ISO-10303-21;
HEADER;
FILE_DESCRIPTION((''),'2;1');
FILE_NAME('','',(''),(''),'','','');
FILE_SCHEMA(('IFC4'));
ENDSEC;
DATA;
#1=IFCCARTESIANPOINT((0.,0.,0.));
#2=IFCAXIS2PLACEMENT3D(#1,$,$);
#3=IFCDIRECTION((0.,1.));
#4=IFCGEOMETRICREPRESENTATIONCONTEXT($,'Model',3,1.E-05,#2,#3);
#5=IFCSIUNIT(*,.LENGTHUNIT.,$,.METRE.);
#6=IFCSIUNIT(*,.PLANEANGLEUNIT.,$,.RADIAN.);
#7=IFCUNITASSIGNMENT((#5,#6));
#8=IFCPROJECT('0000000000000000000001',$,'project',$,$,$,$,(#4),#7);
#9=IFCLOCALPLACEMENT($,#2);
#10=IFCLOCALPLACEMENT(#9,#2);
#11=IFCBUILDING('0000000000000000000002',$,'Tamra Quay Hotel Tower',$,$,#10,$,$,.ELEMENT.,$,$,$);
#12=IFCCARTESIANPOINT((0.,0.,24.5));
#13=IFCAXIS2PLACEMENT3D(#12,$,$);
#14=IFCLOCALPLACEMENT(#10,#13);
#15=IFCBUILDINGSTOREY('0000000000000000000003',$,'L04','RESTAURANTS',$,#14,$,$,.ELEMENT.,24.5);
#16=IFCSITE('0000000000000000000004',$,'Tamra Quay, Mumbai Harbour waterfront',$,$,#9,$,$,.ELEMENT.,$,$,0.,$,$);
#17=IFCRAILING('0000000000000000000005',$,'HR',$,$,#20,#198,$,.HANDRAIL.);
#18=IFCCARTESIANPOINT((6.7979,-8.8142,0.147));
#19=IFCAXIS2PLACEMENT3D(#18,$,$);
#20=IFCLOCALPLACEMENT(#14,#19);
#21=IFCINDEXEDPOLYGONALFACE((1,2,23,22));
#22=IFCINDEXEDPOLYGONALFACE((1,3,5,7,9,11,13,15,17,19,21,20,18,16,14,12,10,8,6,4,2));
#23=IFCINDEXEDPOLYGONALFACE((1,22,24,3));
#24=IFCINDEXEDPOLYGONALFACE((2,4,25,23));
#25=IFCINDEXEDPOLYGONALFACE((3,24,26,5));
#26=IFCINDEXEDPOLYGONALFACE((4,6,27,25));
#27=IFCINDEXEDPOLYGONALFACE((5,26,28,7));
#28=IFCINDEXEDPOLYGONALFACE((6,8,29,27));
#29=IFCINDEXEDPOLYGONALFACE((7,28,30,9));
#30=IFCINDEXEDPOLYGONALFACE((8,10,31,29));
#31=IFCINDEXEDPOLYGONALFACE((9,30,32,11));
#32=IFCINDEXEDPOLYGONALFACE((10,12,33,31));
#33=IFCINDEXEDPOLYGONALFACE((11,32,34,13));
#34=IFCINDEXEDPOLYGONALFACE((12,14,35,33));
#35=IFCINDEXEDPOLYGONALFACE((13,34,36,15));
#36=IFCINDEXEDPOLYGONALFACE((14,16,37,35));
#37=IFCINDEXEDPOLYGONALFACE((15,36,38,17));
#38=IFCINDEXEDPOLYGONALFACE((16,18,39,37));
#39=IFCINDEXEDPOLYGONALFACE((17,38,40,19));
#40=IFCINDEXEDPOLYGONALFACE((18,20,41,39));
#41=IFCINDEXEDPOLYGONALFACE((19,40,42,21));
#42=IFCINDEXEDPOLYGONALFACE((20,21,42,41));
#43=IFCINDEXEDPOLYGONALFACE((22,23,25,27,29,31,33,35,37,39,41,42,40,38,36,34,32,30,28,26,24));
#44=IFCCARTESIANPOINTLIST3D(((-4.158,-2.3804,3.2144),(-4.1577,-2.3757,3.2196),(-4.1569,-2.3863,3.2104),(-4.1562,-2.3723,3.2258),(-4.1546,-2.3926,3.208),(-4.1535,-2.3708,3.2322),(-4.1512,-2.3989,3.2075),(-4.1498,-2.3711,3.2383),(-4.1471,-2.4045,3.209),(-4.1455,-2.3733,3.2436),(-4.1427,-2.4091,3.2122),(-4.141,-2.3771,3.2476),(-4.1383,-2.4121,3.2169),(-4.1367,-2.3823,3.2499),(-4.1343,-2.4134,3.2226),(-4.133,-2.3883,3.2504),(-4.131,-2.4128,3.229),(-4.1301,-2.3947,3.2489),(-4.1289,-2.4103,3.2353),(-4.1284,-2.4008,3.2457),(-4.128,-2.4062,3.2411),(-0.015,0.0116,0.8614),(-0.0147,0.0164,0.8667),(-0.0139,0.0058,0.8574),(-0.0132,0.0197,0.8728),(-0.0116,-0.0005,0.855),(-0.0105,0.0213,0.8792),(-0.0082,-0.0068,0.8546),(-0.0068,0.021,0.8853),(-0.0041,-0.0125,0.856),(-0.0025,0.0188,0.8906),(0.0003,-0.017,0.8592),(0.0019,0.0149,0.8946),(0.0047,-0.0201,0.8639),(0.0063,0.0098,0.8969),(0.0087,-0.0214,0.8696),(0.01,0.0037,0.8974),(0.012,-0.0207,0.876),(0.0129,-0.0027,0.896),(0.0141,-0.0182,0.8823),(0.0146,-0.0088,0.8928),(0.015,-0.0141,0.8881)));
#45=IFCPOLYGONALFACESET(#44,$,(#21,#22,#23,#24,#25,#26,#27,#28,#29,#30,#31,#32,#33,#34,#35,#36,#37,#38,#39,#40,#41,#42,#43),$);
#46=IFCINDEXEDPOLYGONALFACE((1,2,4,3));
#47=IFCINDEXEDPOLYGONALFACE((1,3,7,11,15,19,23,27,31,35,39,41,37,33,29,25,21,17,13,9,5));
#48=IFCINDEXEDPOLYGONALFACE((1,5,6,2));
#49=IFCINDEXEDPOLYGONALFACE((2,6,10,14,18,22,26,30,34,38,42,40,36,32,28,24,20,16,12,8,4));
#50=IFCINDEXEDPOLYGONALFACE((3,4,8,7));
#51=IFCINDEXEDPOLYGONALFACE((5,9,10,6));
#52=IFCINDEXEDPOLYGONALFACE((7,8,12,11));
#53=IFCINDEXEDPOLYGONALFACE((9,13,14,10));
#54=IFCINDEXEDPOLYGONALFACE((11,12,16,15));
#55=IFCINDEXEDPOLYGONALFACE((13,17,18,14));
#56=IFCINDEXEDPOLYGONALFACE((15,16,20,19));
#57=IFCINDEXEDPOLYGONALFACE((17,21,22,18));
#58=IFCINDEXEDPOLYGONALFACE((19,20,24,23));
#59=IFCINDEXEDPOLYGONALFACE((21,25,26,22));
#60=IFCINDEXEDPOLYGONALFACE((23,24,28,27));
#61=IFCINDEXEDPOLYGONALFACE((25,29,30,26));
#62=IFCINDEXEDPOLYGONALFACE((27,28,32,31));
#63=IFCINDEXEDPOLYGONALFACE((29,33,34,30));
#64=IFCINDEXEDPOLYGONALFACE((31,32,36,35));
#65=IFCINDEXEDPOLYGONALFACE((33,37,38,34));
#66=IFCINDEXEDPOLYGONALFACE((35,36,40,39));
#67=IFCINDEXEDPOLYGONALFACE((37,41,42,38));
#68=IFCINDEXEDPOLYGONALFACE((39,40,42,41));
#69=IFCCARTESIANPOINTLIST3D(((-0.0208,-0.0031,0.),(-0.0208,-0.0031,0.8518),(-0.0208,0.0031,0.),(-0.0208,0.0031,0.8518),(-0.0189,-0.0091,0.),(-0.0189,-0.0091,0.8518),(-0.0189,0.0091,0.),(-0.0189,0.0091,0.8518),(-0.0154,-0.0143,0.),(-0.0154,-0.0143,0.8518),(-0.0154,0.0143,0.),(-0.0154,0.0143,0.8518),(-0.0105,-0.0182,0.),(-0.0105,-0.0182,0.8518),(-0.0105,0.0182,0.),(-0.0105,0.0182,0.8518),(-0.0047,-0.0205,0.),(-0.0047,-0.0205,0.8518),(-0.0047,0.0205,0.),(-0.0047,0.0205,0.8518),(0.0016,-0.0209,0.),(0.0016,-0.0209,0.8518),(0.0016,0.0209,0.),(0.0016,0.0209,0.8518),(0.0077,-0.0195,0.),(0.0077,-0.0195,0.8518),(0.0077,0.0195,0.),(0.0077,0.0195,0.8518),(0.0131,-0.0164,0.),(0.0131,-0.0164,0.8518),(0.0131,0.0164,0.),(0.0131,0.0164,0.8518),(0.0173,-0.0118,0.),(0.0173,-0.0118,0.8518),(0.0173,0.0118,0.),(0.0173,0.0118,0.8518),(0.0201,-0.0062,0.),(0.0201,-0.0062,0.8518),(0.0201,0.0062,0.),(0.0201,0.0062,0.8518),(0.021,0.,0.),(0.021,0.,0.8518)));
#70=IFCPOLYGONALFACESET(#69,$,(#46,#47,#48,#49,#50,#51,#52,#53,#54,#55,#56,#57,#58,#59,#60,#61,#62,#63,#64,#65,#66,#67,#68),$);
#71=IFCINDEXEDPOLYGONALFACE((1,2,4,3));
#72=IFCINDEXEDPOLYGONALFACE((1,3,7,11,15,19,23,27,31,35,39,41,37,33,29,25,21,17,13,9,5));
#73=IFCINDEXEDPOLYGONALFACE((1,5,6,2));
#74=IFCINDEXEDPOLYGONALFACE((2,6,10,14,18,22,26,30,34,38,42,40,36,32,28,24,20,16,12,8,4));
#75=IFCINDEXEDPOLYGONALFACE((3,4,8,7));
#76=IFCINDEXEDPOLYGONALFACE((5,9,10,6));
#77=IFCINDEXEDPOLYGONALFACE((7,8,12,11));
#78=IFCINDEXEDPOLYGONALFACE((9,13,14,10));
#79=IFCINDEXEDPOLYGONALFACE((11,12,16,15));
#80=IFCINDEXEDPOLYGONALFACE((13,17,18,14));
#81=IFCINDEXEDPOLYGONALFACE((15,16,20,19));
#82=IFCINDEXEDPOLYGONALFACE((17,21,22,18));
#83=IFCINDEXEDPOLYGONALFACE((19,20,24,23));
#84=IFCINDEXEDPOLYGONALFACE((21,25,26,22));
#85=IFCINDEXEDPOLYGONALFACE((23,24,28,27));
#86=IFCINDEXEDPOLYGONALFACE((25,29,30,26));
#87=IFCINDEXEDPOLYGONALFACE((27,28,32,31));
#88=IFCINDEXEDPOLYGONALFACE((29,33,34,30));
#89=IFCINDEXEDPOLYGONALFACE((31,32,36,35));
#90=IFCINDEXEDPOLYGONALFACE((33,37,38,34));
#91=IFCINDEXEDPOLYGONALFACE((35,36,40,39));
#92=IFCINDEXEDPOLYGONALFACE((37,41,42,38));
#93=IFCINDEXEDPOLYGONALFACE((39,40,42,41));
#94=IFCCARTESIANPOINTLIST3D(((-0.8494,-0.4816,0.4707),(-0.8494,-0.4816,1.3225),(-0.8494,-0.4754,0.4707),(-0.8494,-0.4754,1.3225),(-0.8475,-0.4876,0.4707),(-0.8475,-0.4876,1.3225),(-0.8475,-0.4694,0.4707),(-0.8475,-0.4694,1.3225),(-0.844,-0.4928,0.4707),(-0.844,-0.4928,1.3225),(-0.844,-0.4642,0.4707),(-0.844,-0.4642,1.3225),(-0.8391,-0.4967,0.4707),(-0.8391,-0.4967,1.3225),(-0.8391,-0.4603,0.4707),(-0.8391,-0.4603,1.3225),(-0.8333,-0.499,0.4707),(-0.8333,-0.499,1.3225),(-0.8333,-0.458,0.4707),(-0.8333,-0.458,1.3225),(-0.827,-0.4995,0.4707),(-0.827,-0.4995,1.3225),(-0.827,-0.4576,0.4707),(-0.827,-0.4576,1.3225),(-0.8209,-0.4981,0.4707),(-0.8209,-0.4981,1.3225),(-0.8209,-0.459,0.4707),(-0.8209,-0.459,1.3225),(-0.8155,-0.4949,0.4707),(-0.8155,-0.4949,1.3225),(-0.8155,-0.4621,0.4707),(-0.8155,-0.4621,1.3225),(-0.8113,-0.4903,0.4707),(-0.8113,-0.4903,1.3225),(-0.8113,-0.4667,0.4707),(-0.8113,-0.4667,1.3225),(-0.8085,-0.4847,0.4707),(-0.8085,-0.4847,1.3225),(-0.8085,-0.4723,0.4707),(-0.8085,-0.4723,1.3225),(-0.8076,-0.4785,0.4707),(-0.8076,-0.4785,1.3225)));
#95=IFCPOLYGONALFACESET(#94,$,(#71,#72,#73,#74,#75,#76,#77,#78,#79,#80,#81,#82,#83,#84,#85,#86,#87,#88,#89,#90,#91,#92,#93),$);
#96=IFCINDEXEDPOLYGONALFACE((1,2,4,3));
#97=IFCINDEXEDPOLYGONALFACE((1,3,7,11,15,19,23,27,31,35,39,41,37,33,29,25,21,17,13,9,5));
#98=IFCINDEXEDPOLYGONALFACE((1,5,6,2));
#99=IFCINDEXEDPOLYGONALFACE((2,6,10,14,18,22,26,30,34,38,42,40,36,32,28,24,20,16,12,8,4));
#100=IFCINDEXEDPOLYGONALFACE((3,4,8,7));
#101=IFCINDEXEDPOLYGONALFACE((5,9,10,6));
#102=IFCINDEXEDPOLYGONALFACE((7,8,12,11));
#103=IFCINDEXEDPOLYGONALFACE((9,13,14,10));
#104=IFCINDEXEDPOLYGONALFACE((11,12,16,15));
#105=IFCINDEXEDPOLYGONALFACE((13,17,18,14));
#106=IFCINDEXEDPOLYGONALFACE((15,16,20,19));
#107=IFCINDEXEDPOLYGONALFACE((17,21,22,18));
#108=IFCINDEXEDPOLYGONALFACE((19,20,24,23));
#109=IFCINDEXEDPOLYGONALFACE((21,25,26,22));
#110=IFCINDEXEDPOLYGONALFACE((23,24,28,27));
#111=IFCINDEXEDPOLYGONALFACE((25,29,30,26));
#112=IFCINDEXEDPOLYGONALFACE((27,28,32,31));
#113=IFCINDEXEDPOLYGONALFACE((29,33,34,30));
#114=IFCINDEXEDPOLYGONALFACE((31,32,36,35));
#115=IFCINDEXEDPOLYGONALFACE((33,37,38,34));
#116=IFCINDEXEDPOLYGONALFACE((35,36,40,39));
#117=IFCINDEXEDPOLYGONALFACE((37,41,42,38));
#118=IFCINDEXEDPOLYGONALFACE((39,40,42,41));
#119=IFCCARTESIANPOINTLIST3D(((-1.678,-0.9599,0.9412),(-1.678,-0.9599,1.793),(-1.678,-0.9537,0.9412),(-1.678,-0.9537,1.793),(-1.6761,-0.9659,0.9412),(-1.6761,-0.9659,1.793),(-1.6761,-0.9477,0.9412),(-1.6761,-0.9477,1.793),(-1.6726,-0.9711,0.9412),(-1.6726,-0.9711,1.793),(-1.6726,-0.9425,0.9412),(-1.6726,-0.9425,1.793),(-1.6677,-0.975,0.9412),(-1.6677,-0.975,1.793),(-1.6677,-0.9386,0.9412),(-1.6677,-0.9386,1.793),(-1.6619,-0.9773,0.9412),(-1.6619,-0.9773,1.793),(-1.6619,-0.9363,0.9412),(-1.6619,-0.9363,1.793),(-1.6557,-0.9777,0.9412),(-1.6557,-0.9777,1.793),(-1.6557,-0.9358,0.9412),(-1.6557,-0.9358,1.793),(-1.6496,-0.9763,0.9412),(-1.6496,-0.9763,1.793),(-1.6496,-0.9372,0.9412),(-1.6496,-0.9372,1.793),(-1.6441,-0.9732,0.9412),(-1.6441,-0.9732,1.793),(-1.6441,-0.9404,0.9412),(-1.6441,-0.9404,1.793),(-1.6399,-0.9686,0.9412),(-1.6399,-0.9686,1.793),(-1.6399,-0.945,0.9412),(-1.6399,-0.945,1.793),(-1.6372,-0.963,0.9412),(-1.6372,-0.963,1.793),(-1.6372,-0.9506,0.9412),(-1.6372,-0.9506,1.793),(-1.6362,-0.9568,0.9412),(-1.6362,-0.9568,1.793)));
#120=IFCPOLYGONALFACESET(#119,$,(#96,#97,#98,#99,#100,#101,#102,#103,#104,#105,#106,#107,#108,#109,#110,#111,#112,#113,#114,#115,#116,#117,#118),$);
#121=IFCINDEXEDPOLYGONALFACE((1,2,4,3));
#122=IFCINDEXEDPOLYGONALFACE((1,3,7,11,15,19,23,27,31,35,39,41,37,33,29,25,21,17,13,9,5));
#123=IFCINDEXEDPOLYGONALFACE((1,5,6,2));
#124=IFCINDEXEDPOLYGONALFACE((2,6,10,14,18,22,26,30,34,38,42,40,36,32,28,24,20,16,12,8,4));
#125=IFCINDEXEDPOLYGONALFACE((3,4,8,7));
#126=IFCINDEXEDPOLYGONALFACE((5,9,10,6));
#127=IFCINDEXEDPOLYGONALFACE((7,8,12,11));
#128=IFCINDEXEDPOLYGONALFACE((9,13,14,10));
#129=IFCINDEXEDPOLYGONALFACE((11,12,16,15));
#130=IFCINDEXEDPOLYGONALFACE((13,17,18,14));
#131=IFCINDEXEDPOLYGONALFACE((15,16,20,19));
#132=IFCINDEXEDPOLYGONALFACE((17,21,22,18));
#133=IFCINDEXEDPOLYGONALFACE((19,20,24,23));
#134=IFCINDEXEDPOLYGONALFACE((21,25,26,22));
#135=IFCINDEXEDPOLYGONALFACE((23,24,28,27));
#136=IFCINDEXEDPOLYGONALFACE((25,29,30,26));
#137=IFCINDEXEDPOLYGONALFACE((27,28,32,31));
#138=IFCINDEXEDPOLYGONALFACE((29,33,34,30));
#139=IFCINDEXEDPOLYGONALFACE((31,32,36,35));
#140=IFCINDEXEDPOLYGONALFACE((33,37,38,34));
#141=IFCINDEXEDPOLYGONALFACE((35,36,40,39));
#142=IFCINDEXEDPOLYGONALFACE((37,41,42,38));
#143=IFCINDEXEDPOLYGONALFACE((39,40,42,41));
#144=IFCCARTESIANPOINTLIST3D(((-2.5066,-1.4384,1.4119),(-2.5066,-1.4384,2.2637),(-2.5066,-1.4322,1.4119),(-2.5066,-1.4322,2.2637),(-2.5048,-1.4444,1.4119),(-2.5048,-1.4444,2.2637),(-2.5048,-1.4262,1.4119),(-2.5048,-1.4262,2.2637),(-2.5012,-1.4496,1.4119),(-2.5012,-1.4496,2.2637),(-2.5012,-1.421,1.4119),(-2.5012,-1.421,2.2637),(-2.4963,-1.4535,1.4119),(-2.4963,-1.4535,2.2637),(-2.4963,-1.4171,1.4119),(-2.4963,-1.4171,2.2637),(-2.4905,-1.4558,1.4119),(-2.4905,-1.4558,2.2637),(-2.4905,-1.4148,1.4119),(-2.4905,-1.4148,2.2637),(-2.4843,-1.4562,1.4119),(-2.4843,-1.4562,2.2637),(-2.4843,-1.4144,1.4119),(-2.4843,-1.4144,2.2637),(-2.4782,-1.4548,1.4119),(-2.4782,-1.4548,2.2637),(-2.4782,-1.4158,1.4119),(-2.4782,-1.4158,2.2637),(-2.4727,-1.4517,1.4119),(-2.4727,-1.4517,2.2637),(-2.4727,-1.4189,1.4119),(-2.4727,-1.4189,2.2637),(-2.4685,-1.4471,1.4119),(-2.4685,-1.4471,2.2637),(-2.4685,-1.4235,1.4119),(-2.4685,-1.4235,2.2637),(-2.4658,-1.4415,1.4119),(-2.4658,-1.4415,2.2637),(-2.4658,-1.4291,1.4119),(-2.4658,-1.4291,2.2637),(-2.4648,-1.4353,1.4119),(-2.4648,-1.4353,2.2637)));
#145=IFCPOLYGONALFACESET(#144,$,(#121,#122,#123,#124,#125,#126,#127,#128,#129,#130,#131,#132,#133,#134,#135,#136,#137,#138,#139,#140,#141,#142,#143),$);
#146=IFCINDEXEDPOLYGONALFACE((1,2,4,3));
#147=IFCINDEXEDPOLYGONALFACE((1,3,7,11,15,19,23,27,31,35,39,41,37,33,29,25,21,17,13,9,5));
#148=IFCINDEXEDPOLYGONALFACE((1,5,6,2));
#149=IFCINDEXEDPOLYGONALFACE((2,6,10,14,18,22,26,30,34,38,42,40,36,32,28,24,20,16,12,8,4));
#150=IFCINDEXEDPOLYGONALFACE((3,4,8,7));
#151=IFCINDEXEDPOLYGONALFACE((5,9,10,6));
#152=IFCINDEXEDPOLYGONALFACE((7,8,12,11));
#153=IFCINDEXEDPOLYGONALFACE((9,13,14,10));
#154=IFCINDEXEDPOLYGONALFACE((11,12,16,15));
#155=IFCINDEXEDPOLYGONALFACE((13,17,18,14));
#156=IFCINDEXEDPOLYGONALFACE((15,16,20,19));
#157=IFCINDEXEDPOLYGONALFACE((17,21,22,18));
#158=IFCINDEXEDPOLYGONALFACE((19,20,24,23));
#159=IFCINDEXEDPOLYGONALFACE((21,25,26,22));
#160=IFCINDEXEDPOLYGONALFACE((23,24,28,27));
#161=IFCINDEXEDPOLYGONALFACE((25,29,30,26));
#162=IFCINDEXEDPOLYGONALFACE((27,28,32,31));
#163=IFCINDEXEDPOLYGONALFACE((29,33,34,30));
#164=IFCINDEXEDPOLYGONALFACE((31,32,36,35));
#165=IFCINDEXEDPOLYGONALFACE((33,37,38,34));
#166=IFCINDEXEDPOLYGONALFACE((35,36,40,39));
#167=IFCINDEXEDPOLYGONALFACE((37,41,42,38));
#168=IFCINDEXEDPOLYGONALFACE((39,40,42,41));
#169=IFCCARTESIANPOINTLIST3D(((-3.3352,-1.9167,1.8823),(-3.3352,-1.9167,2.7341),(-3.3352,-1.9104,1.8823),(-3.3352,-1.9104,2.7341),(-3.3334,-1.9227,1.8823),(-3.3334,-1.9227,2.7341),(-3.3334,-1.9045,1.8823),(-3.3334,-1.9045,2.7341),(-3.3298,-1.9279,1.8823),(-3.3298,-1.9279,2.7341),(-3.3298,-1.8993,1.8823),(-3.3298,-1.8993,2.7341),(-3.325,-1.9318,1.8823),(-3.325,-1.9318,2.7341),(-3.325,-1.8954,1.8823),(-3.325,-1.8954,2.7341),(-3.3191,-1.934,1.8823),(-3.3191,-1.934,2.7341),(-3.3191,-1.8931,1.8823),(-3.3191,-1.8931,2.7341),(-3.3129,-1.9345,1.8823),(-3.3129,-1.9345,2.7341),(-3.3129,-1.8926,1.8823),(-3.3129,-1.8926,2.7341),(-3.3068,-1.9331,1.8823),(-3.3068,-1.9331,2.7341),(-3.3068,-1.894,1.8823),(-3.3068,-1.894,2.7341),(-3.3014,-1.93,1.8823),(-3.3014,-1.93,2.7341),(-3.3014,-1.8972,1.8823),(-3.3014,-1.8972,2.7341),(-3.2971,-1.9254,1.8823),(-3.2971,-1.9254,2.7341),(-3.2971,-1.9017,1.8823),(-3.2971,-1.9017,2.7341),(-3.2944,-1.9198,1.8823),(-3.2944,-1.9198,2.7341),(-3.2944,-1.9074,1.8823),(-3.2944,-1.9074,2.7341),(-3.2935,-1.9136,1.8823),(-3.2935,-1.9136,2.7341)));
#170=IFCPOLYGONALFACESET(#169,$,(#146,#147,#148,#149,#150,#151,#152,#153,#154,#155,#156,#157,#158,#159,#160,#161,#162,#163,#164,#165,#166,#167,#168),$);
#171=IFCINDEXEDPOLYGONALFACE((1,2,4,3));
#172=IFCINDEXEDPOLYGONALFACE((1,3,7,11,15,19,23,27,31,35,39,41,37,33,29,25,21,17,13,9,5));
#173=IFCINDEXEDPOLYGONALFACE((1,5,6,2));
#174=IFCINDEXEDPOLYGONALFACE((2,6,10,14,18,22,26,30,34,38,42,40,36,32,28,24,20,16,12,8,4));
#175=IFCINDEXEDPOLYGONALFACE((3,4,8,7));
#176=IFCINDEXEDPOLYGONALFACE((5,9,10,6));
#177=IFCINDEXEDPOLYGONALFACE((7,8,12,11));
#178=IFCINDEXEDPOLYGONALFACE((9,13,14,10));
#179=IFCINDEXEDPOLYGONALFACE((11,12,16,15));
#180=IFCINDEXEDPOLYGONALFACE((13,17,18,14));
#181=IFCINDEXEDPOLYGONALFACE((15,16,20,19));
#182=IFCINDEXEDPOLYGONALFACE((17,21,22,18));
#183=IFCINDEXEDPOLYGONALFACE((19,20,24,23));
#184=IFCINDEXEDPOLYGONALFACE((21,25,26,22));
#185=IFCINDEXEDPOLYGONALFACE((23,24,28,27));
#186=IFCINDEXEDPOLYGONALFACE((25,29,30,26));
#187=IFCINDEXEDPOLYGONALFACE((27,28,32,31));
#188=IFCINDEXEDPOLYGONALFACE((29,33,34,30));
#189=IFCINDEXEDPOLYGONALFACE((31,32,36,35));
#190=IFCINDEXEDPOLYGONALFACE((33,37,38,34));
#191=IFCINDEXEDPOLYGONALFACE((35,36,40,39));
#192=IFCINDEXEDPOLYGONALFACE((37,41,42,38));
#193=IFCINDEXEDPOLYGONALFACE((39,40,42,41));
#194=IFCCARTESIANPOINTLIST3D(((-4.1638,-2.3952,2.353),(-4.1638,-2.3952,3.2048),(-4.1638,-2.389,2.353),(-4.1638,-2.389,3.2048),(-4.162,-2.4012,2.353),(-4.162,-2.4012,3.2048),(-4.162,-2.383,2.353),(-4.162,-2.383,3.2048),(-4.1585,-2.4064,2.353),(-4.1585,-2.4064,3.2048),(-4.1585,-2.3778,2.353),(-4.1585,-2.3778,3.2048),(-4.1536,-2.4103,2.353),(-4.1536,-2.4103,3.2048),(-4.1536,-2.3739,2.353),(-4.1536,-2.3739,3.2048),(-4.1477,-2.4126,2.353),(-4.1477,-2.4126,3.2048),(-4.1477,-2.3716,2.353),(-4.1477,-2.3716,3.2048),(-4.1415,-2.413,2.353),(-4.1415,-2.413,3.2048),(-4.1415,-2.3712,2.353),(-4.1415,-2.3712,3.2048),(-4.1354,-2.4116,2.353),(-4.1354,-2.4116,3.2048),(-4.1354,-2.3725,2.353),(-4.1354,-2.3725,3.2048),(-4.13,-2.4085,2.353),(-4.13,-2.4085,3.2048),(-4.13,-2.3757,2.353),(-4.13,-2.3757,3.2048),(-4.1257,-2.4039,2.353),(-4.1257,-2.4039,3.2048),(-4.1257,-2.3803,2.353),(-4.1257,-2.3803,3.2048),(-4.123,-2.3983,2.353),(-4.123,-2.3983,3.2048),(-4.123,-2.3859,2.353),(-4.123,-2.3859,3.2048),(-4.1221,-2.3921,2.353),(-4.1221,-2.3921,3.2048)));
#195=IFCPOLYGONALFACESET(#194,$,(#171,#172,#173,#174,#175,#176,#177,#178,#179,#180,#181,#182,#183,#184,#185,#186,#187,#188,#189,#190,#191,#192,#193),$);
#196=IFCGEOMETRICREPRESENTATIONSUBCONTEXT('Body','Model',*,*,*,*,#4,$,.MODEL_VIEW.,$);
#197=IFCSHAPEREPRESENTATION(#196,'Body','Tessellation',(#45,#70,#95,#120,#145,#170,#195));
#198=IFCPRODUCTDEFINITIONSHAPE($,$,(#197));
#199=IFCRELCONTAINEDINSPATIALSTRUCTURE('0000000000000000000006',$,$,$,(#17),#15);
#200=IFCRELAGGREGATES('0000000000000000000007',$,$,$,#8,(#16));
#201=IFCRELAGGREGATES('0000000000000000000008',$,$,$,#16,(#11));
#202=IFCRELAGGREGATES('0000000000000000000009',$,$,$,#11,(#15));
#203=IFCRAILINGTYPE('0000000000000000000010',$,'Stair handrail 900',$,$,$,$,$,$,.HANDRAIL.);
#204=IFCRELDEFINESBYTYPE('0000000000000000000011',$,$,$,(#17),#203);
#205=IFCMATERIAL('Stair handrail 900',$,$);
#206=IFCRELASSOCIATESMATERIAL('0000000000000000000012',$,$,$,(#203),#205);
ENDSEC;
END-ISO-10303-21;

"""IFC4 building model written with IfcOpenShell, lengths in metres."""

from ifc_helpers import new_model, si_unit, direction, frame, origin, origin_2d, place, context, subcontext, project, spatial, circle, extrude, material, type_object, element, save


model = new_model("IFC4")

# Units and contexts
model_context = context("Model", 3, precision=1e-05, world=origin(), true_north=direction((0.0, 1.0)))
body_context = subcontext(model_context, "Body", "Model", "MODEL_VIEW")
ifc_project = project(units=[si_unit("LENGTHUNIT", "METRE"), si_unit("PLANEANGLEUNIT", "RADIAN")], contexts=[model_context])

# Site, building, storey
site_placement = place(None, origin())
site = spatial("IfcSite", under=ifc_project, at=site_placement, Name="Tamra Quay, Mumbai Harbour waterfront", CompositionType="ELEMENT", RefElevation=0.0)
building_placement = place(site_placement, origin())
building = spatial("IfcBuilding", under=site, at=building_placement, Name="Tamra Quay Hotel Tower", CompositionType="ELEMENT")
storey_placement = place(building_placement, frame((0.0, 0.0, 24.5)))
storey = spatial("IfcBuildingStorey", under=building, at=storey_placement, Name="L04", Description="RESTAURANTS", CompositionType="ELEMENT", Elevation=24.5)

# Railing
ifc_material_1 = material(Name="Stair handrail 900")
railing_type_1 = type_object("IfcRailingType", Name="Stair handrail 900", PredefinedType="HANDRAIL", material=ifc_material_1)
railing_1_placement = place(storey_placement, frame((6.7979, -8.8142, 0.147)))
element("IfcRailing", 1, at=railing_1_placement, inside=storey, type_object=railing_type_1, Name="HR", PredefinedType="HANDRAIL", context=body_context, shape_type="SweptSolid", body=[
    extrude(circle(Radius=0.0239, at=origin_2d()), frame((0.0, 0.0, 0.876), z_axis=(-0.777107, -0.448679, 0.441353), x_axis=(0.500014, -0.866017, 0.0)), (0.0, 0.0, 1.0), 5.3313),
    extrude(circle(Radius=0.021, at=origin_2d()), origin(), (0.0, 0.0, 1.0), 0.8518),
    extrude(circle(Radius=0.021, at=origin_2d()), frame((-0.8286, -0.4785, 0.4707)), (0.0, 0.0, 1.0), 0.8518),
    extrude(circle(Radius=0.021, at=origin_2d()), frame((-1.6572, -0.9568, 0.9412)), (0.0, 0.0, 1.0), 0.8518),
    extrude(circle(Radius=0.021, at=origin_2d()), frame((-2.4858, -1.4353, 1.4119)), (0.0, 0.0, 1.0), 0.8518),
    extrude(circle(Radius=0.021, at=origin_2d()), frame((-3.3145, -1.9136, 1.8823)), (0.0, 0.0, 1.0), 0.8518),
    extrude(circle(Radius=0.021, at=origin_2d()), frame((-4.1431, -2.3921, 2.353)), (0.0, 0.0, 1.0), 0.8518),
])

save(model, "model.ifc")
